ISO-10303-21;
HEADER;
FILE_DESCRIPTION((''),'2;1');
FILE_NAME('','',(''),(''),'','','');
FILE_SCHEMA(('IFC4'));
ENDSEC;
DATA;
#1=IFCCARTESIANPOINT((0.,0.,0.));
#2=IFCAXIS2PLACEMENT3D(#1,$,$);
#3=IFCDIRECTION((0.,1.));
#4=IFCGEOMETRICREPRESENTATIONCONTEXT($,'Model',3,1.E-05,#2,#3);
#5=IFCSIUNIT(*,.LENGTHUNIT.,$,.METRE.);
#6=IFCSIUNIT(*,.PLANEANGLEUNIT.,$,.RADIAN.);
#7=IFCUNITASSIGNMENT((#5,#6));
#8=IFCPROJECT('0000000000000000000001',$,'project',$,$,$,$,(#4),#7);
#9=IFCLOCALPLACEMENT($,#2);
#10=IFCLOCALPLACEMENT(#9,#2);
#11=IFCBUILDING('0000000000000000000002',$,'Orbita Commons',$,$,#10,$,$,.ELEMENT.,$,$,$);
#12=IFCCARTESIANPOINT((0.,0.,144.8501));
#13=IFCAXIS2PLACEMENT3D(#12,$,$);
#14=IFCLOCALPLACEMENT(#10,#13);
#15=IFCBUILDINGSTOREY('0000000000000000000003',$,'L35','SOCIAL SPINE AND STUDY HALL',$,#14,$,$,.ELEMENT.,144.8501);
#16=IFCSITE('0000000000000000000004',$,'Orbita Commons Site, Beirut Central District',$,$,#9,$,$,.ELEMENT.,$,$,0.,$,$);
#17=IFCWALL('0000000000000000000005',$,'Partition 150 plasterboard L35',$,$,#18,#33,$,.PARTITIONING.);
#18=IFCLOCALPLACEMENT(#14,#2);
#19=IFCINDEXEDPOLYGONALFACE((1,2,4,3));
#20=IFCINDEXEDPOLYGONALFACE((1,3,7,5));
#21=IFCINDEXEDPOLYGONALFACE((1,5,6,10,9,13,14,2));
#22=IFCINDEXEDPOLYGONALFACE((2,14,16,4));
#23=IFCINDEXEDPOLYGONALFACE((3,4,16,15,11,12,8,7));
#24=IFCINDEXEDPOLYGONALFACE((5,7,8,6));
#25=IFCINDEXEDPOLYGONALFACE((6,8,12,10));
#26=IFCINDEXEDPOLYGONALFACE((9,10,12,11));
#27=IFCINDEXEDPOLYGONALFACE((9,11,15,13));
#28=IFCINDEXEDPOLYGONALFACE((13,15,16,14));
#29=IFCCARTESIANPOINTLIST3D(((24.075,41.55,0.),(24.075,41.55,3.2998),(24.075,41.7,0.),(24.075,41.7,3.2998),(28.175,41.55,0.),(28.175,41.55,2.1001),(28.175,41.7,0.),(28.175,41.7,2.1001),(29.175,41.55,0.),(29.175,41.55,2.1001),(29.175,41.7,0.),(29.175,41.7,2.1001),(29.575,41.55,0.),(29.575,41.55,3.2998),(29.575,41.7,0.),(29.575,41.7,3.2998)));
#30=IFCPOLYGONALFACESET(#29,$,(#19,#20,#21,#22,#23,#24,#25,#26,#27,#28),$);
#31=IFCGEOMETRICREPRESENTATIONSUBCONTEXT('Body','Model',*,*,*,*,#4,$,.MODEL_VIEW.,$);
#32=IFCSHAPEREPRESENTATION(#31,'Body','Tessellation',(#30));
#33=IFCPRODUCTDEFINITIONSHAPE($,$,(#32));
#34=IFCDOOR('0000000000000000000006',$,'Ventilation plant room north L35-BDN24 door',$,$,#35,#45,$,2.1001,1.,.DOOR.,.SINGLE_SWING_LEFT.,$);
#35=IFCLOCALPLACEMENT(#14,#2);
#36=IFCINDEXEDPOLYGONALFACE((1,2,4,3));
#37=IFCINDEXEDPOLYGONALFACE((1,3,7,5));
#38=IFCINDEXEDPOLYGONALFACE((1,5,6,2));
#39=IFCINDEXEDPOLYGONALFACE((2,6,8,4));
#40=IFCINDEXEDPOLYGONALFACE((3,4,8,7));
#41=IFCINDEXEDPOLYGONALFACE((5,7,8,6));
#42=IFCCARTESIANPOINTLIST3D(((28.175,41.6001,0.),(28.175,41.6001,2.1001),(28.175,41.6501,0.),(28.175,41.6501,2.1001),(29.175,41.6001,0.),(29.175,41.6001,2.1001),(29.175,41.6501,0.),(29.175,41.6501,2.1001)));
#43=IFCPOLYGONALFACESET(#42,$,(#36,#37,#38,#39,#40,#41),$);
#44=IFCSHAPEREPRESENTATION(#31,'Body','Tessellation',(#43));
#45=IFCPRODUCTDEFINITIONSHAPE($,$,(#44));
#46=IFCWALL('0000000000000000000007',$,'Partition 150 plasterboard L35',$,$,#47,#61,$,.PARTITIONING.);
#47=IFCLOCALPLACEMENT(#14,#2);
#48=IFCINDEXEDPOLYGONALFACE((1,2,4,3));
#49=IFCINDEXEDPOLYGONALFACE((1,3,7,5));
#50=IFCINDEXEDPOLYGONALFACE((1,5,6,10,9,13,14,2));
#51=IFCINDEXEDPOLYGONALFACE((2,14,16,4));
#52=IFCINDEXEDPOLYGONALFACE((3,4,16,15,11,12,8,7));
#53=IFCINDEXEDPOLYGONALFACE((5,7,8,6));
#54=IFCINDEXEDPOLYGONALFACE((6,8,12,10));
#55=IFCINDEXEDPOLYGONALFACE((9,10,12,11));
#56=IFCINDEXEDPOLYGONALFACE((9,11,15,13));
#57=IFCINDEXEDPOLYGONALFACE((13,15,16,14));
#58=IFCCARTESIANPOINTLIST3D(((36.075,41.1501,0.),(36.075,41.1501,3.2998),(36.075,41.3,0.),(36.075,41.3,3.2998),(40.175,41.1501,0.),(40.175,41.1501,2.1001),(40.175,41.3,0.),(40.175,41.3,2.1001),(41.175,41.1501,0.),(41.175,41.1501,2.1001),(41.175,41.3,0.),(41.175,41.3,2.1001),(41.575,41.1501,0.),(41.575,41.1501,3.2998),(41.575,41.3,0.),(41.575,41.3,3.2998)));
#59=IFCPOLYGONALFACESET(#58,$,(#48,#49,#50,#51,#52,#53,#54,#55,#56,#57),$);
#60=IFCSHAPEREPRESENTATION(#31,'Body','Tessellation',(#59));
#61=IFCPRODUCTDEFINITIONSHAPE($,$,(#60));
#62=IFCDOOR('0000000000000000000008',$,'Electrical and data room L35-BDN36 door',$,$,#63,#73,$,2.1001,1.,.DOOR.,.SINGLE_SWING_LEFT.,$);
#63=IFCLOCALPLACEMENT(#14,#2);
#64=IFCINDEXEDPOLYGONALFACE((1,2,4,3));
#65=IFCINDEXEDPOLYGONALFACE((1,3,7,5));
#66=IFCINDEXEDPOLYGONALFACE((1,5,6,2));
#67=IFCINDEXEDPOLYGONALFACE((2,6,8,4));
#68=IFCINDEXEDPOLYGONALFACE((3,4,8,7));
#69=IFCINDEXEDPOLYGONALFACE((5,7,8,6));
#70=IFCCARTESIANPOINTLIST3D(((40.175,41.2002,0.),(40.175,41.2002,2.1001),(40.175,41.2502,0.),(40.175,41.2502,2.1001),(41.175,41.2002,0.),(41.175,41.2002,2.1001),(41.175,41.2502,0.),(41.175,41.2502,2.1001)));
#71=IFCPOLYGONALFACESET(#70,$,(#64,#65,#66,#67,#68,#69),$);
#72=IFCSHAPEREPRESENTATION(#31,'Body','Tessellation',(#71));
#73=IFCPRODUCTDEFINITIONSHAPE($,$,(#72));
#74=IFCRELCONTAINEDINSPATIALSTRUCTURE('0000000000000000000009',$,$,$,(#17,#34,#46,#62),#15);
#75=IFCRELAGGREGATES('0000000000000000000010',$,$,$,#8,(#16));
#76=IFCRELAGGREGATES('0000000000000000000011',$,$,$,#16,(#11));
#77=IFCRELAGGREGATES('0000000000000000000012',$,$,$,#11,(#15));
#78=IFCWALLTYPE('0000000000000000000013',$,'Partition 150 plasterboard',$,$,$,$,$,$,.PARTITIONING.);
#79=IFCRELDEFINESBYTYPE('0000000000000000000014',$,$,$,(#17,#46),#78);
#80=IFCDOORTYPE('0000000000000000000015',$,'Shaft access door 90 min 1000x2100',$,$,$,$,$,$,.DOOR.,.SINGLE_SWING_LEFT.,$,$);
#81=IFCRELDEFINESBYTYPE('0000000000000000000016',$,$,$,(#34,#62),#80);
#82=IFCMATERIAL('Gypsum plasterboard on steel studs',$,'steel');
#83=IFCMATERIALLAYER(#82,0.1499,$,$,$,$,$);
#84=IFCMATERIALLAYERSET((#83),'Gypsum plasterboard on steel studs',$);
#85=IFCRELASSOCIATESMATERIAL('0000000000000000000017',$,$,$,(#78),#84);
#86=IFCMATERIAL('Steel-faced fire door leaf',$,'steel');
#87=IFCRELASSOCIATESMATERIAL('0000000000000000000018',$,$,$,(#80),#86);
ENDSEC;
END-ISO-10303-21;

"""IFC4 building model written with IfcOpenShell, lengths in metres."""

from ifc_helpers import new_model, si_unit, direction, frame, frame_2d, origin, place, context, subcontext, project, spatial, rectangle, extrude, material, layer, layer_set, type_object, element, fill, save


model = new_model("IFC4")

# Units and contexts
model_context = context("Model", 3, precision=1e-05, world=origin(), true_north=direction((0.0, 1.0)))
body_context = subcontext(model_context, "Body", "Model", "MODEL_VIEW")
ifc_project = project(units=[si_unit("LENGTHUNIT", "METRE"), si_unit("PLANEANGLEUNIT", "RADIAN")], contexts=[model_context])

# Site, building, storey
site_placement = place(None, origin())
site = spatial("IfcSite", under=ifc_project, at=site_placement, Name="Orbita Commons Site, Beirut Central District", CompositionType="ELEMENT", RefElevation=0.0)
building_placement = place(site_placement, origin())
building = spatial("IfcBuilding", under=site, at=building_placement, Name="Orbita Commons", CompositionType="ELEMENT")
storey_placement = place(building_placement, frame((0.0, 0.0, 144.8501)))
storey = spatial("IfcBuildingStorey", under=building, at=storey_placement, Name="L35", Description="SOCIAL SPINE AND STUDY HALL", CompositionType="ELEMENT", Elevation=144.8501)

# Walls, openings, doors
ifc_material_1 = material(Name="Gypsum plasterboard on steel studs", Category="steel")
ifc_layer_1 = layer(ifc_material_1, 0.1499)
ifc_layer_set_1 = layer_set([ifc_layer_1], Name="Gypsum plasterboard on steel studs")
wall_type_1 = type_object("IfcWallType", Name="Partition 150 plasterboard", PredefinedType="PARTITIONING", material=ifc_layer_set_1)
wall_1_placement = place(storey_placement, frame((29.575, 41.625, 0.0), z_axis=(0.0, 0.0, 1.0), x_axis=(-1.0, 0.0, 0.0)))
wall_1 = element("IfcWall", 1, at=wall_1_placement, inside=storey, type_object=wall_type_1, Name="Partition 150 plasterboard L35", PredefinedType="PARTITIONING", context=body_context, shape_type="SweptSolid", body=[
    extrude(rectangle(XDim=5.5, YDim=0.1499, at=frame_2d((2.75, 0.0))), origin(), (0.0, 0.0, 1.0), 3.2998),
])
opening_1_placement = place(wall_1_placement, frame((0.3999, 0.0, 0.0)))
opening_1 = element("IfcOpeningElement", 2, at=opening_1_placement, cuts=wall_1, PredefinedType="OPENING", context=body_context, shape_type="SweptSolid", body=[
    extrude(rectangle(XDim=1.0, YDim=2.1001, at=frame_2d((0.5, 1.05))), frame((0.0, 0.085, 0.0), z_axis=(0.0, -1.0, 0.0), x_axis=(1.0, 0.0, 0.0)), (0.0, 0.0, 1.0), 0.1699),
])
ifc_material_2 = material(Name="Steel-faced fire door leaf", Category="steel")
door_type_1 = type_object("IfcDoorType", Name="Shaft access door 90 min 1000x2100", OperationType="SINGLE_SWING_LEFT", PredefinedType="DOOR", material=ifc_material_2)
door_1_placement = place(opening_1_placement, origin())
door_1 = element("IfcDoor", 3, at=door_1_placement, inside=storey, type_object=door_type_1, Name="Ventilation plant room north L35-BDN24 door", OperationType="SINGLE_SWING_LEFT", OverallHeight=2.1001, OverallWidth=1.0, PredefinedType="DOOR", context=body_context, shape_type="SweptSolid", body=[
    extrude(rectangle(XDim=1.0, YDim=2.1001, at=frame_2d((0.5, 1.05))), frame((0.0, 0.0249, 0.0), z_axis=(0.0, -1.0, 0.0), x_axis=(1.0, 0.0, 0.0)), (0.0, 0.0, 1.0), 0.05),
])
fill(opening_1, door_1)
wall_2_placement = place(storey_placement, frame((41.575, 41.2251, 0.0), z_axis=(0.0, 0.0, 1.0), x_axis=(-1.0, 0.0, 0.0)))
wall_2 = element("IfcWall", 4, at=wall_2_placement, inside=storey, type_object=wall_type_1, Name="Partition 150 plasterboard L35", PredefinedType="PARTITIONING", context=body_context, shape_type="SweptSolid", body=[
    extrude(rectangle(XDim=5.5, YDim=0.1499, at=frame_2d((2.75, 0.0))), origin(), (0.0, 0.0, 1.0), 3.2998),
])
opening_2_placement = place(wall_2_placement, frame((0.3999, 0.0, 0.0)))
opening_2 = element("IfcOpeningElement", 5, at=opening_2_placement, cuts=wall_2, PredefinedType="OPENING", context=body_context, shape_type="SweptSolid", body=[
    extrude(rectangle(XDim=1.0, YDim=2.1001, at=frame_2d((0.5, 1.05))), frame((0.0, 0.085, 0.0), z_axis=(0.0, -1.0, 0.0), x_axis=(1.0, 0.0, 0.0)), (0.0, 0.0, 1.0), 0.1699),
])
door_2_placement = place(opening_2_placement, origin())
door_2 = element("IfcDoor", 6, at=door_2_placement, inside=storey, type_object=door_type_1, Name="Electrical and data room L35-BDN36 door", OperationType="SINGLE_SWING_LEFT", OverallHeight=2.1001, OverallWidth=1.0, PredefinedType="DOOR", context=body_context, shape_type="SweptSolid", body=[
    extrude(rectangle(XDim=1.0, YDim=2.1001, at=frame_2d((0.5, 1.05))), frame((0.0, 0.0249, 0.0), z_axis=(0.0, -1.0, 0.0), x_axis=(1.0, 0.0, 0.0)), (0.0, 0.0, 1.0), 0.05),
])
fill(opening_2, door_2)

save(model, "model.ifc")
